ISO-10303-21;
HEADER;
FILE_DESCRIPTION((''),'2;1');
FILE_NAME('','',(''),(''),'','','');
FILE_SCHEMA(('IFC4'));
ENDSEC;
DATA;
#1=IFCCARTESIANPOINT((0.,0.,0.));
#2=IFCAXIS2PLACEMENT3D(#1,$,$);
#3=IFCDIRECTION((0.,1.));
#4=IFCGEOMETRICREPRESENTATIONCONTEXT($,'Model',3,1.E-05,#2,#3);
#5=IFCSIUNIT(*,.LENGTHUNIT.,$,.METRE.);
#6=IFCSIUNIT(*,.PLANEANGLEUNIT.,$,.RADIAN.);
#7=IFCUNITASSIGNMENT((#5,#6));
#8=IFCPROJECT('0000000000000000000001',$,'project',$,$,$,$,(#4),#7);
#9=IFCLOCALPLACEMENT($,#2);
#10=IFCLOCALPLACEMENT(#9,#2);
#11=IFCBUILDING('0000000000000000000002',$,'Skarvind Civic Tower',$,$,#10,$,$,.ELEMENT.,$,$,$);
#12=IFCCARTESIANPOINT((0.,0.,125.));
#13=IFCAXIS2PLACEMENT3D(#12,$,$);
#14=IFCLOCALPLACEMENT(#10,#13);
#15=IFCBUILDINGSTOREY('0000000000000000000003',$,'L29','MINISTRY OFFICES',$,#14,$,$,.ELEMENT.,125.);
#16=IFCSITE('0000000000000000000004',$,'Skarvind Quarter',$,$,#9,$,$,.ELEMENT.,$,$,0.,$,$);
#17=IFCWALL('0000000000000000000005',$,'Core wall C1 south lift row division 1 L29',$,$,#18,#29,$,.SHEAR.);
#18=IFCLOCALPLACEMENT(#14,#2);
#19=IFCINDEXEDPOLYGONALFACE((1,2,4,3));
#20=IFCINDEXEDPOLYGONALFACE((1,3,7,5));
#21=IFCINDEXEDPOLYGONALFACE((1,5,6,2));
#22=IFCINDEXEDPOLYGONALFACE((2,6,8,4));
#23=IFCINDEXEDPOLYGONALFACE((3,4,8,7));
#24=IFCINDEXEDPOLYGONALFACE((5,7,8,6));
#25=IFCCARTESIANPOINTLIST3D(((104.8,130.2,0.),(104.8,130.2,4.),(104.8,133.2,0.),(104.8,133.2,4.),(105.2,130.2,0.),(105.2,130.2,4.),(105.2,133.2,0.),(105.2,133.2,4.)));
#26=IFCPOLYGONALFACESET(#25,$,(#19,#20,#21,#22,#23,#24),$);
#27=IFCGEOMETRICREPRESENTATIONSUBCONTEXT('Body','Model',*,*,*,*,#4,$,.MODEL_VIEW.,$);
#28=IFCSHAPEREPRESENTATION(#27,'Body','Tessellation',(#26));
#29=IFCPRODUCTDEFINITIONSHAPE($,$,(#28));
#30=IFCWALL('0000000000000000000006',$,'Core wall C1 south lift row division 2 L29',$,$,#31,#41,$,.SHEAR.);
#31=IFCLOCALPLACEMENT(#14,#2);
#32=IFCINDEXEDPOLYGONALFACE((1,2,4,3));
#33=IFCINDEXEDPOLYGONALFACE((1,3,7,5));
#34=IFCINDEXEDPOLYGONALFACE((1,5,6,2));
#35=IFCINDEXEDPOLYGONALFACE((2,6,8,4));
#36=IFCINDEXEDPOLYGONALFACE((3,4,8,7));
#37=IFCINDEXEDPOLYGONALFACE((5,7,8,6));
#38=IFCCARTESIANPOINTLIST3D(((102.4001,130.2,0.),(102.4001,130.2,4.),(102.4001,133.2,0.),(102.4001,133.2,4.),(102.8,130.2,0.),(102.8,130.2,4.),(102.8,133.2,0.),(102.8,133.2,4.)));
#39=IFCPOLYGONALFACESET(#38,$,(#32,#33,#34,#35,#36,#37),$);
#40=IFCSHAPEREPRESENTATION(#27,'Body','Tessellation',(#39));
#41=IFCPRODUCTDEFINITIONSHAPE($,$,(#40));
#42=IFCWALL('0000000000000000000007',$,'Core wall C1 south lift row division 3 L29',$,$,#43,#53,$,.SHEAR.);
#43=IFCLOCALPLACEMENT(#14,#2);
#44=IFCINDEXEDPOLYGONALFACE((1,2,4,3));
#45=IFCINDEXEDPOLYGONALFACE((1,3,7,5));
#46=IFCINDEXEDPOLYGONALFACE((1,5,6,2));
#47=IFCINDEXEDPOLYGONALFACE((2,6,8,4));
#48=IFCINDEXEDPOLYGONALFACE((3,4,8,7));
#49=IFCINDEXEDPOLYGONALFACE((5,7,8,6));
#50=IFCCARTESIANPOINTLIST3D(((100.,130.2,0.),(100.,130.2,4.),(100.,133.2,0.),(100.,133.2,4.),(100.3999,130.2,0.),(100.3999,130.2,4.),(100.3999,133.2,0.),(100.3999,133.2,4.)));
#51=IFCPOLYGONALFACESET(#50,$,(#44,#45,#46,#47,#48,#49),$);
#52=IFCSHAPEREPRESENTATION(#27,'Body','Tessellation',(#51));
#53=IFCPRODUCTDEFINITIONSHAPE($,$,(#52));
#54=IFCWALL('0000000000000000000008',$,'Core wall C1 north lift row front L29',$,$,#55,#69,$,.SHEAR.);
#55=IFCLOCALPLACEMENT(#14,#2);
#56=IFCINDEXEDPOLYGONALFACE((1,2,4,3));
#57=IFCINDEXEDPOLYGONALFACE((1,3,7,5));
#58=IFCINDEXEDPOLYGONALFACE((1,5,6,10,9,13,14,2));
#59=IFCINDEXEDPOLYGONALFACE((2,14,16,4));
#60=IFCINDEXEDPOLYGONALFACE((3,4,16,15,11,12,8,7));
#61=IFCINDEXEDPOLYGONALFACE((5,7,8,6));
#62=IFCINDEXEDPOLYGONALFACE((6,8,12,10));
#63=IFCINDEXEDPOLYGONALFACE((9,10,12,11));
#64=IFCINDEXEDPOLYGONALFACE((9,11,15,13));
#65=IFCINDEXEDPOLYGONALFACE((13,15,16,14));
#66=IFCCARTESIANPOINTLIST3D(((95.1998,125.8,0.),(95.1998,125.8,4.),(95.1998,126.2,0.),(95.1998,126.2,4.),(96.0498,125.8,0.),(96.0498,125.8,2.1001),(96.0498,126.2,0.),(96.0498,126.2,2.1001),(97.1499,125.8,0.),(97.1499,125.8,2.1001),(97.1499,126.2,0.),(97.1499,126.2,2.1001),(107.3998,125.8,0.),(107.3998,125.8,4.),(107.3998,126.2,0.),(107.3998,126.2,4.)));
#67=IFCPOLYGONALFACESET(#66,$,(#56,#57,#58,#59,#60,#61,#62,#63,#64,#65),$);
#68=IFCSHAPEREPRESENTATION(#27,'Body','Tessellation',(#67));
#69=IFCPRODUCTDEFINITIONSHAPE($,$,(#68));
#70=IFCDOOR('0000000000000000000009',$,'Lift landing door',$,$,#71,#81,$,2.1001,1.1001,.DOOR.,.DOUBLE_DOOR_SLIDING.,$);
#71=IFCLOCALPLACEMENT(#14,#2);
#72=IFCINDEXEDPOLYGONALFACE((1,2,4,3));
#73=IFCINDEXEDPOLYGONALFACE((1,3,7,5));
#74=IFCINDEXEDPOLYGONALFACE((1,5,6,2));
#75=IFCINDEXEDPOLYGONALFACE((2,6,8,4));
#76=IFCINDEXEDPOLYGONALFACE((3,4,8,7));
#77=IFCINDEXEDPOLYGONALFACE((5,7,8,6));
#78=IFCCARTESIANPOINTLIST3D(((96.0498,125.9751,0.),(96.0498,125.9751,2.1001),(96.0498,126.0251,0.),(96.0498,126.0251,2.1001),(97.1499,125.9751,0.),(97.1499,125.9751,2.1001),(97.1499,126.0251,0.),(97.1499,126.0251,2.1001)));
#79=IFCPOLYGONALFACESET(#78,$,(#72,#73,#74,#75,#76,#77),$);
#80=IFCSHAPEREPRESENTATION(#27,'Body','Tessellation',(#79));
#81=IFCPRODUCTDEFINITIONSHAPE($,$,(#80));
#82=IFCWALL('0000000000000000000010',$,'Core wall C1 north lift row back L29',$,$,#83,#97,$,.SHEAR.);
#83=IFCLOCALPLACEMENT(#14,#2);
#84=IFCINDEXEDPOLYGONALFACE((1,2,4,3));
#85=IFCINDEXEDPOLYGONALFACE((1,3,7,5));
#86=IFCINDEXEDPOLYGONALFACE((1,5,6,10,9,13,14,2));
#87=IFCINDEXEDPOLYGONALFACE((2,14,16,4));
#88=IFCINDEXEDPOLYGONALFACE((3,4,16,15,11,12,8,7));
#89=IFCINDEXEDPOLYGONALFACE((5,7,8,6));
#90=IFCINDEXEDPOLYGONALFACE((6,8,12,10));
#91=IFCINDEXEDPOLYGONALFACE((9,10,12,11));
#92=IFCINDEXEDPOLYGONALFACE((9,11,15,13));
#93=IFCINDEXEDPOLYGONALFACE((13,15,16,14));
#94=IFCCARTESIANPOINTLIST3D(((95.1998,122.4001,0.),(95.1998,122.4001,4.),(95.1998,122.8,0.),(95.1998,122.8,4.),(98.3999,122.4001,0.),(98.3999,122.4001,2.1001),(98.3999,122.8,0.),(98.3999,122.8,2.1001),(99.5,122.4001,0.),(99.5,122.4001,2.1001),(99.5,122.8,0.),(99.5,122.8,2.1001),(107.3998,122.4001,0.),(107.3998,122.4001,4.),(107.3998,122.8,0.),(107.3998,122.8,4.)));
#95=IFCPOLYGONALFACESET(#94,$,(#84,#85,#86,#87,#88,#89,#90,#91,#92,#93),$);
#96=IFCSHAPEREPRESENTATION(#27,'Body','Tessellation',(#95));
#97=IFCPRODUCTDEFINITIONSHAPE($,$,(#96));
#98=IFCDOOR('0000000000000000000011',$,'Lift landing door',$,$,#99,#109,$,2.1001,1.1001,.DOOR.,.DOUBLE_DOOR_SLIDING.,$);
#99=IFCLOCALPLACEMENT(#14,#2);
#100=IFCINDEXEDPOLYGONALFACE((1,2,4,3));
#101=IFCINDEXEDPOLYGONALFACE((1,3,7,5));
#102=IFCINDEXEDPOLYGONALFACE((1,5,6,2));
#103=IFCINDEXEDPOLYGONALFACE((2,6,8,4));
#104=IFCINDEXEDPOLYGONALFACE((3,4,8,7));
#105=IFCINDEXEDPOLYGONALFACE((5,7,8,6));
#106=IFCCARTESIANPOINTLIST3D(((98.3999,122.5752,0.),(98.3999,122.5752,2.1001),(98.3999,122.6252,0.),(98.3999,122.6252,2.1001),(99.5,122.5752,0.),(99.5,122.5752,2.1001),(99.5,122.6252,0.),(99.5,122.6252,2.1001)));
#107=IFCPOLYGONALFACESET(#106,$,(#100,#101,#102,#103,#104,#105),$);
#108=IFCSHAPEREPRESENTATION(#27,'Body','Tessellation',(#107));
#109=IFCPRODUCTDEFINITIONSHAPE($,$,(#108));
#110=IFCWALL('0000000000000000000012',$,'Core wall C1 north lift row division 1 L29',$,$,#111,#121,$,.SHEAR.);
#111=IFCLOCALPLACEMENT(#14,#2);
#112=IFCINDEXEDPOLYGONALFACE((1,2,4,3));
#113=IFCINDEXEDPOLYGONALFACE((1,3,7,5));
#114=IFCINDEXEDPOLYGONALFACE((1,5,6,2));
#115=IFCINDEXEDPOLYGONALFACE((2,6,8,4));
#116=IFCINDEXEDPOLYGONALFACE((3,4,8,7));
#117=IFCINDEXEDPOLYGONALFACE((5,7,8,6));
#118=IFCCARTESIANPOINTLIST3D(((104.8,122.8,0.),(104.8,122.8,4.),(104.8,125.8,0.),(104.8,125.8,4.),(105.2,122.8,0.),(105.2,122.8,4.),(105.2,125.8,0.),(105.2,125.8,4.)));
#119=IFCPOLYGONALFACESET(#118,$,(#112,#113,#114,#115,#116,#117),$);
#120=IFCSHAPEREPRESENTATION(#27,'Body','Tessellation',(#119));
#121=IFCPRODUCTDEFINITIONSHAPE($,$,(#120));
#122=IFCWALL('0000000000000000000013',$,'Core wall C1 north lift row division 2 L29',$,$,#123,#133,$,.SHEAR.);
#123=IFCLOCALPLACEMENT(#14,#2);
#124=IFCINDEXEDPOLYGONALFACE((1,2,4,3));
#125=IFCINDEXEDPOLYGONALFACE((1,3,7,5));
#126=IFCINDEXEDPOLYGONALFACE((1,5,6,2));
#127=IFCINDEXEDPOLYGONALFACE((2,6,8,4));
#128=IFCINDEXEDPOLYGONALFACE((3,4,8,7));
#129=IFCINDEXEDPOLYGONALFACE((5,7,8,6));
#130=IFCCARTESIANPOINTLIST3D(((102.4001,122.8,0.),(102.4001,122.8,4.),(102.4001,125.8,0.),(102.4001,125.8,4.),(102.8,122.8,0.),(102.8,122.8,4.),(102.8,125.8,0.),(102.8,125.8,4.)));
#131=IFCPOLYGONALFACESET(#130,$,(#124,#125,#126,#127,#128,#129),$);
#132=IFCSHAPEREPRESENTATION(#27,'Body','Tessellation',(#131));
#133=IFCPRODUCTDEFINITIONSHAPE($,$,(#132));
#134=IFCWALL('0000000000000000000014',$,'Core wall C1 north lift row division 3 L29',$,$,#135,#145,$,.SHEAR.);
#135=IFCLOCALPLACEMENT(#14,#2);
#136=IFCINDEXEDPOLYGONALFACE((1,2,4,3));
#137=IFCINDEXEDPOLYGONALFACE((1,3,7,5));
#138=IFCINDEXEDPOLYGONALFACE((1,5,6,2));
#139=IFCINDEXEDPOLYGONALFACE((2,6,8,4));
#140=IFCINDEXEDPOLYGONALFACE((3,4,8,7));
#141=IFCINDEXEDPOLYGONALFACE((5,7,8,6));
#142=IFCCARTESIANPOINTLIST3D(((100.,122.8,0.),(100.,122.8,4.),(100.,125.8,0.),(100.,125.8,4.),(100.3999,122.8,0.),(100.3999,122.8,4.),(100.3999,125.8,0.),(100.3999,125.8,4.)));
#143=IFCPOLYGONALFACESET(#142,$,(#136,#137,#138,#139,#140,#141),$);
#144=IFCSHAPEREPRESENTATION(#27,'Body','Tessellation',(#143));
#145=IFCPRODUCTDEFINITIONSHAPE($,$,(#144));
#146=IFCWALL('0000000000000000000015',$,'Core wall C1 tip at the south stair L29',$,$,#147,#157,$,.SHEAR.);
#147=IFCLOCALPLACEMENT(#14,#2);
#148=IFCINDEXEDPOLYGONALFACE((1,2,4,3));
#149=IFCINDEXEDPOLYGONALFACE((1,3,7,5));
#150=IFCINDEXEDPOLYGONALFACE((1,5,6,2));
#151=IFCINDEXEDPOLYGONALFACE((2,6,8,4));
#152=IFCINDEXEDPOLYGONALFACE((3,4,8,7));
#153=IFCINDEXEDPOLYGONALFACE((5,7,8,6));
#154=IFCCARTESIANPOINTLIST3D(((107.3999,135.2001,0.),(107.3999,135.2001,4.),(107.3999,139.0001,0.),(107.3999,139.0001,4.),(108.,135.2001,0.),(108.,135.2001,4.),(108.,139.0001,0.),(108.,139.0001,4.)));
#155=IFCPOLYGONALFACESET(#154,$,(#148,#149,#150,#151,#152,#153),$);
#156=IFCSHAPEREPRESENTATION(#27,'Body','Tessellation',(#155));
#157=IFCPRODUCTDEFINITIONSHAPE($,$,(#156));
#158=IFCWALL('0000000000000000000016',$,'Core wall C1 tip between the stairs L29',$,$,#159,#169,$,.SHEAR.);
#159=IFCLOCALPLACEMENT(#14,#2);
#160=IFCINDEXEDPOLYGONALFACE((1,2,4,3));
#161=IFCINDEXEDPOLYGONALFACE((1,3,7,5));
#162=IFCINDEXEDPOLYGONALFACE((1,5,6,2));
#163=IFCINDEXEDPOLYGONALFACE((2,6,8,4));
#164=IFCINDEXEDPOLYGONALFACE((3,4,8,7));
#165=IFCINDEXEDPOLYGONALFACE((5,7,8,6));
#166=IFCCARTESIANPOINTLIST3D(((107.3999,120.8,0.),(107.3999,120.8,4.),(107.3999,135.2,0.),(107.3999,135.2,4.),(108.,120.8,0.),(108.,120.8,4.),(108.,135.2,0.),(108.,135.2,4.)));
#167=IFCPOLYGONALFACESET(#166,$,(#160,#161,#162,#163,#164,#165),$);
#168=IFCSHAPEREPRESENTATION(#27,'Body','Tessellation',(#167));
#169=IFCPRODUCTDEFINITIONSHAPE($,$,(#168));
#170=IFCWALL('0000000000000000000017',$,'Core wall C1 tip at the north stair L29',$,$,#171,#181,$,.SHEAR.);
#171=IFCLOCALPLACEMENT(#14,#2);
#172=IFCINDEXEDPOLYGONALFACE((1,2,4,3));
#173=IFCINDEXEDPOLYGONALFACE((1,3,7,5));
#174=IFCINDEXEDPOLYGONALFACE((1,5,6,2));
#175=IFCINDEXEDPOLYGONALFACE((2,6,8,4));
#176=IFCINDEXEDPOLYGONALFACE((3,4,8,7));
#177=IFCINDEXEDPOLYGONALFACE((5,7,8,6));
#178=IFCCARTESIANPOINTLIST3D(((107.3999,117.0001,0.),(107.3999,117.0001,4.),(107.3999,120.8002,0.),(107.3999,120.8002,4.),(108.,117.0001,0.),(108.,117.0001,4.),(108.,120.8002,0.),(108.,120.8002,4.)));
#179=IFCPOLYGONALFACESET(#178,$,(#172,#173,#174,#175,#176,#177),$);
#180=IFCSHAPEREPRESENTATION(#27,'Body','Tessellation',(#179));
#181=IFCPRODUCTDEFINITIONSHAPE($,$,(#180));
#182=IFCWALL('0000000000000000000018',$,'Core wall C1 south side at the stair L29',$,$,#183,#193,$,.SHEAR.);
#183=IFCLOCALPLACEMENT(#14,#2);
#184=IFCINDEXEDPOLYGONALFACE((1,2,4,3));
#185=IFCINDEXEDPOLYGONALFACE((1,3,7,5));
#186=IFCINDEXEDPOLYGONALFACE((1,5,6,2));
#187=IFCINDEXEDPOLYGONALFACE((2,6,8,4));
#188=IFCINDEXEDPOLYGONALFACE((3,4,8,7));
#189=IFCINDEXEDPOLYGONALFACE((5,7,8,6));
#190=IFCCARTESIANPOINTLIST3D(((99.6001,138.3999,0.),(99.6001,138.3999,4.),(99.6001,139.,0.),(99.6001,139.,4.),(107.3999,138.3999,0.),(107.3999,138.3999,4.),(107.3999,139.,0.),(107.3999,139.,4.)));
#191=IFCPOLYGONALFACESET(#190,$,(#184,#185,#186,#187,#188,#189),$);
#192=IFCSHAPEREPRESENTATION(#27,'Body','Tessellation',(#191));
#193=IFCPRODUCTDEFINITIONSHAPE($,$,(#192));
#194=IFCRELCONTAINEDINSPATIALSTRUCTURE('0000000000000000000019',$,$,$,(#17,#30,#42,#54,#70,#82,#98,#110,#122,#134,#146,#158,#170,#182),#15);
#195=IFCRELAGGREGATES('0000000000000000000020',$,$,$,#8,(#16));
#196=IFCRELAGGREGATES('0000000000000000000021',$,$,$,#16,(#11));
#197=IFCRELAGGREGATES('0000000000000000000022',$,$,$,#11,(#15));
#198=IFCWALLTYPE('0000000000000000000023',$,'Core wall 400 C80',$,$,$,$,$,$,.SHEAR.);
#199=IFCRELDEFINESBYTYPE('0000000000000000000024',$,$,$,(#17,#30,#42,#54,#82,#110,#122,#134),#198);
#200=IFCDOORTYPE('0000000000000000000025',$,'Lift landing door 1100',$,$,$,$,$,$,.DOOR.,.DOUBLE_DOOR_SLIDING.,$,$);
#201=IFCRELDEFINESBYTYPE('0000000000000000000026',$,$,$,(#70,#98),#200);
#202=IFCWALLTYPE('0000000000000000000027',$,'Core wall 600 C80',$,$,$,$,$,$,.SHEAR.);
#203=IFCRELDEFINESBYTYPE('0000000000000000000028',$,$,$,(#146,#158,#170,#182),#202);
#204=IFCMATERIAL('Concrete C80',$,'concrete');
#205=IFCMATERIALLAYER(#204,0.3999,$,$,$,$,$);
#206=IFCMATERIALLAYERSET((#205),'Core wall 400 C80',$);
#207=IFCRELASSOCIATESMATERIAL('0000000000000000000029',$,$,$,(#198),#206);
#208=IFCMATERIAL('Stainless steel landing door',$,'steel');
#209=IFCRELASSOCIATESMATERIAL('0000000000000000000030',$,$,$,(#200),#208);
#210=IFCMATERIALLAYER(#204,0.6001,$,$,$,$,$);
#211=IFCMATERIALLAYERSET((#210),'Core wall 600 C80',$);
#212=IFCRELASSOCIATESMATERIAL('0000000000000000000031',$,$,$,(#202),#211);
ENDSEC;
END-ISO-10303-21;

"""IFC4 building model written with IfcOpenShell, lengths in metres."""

from ifc_helpers import new_model, si_unit, direction, frame, frame_2d, origin, place, context, subcontext, project, spatial, rectangle, extrude, material, layer, layer_set, type_object, element, fill, save


model = new_model("IFC4")

# Units and contexts
model_context = context("Model", 3, precision=1e-05, world=origin(), true_north=direction((0.0, 1.0)))
body_context = subcontext(model_context, "Body", "Model", "MODEL_VIEW")
ifc_project = project(units=[si_unit("LENGTHUNIT", "METRE"), si_unit("PLANEANGLEUNIT", "RADIAN")], contexts=[model_context])

# Site, building, storey
site_placement = place(None, origin())
site = spatial("IfcSite", under=ifc_project, at=site_placement, Name="Skarvind Quarter", CompositionType="ELEMENT", RefElevation=0.0)
building_placement = place(site_placement, origin())
building = spatial("IfcBuilding", under=site, at=building_placement, Name="Skarvind Civic Tower", CompositionType="ELEMENT")
storey_placement = place(building_placement, frame((0.0, 0.0, 125.0)))
storey = spatial("IfcBuildingStorey", under=building, at=storey_placement, Name="L29", Description="MINISTRY OFFICES", CompositionType="ELEMENT", Elevation=125.0)

# Shared definitions
ifc_material_1 = material(Name="Concrete C80", Category="concrete")
ifc_layer_1 = layer(ifc_material_1, 0.3999)
ifc_layer_set_1 = layer_set([ifc_layer_1], Name="Core wall 400 C80")
wall_type_1 = type_object("IfcWallType", Name="Core wall 400 C80", PredefinedType="SHEAR", material=ifc_layer_set_1)

# Shared definitions
ifc_material_2 = material(Name="Stainless steel landing door", Category="steel")
door_type_1 = type_object("IfcDoorType", Name="Lift landing door 1100", OperationType="DOUBLE_DOOR_SLIDING", PredefinedType="DOOR", material=ifc_material_2)

# Walls
for number, where, z_axis, x_axis, name in (
    (1, (105.0, 133.2, 0.0), (0.0, 0.0, 1.0), (0.0, -1.0, 0.0), "Core wall C1 south lift row division 1 L29"),
    (2, (102.6001, 133.2, 0.0), (0.0, 0.0, 1.0), (0.0, -1.0, 0.0), "Core wall C1 south lift row division 2 L29"),
    (3, (100.2, 133.2, 0.0), (0.0, 0.0, 1.0), (0.0, -1.0, 0.0), "Core wall C1 south lift row division 3 L29"),
):
    element("IfcWall", number, at=place(storey_placement, frame(where, z_axis=z_axis, x_axis=x_axis)), inside=storey, type_object=wall_type_1, Name=name, PredefinedType="SHEAR", context=body_context, shape_type="SweptSolid", body=[
        extrude(rectangle(XDim=3.0, YDim=0.3999, at=frame_2d((1.5, 0.0))), origin(), (0.0, 0.0, 1.0), 4.0),
    ])

# Walls, openings, doors
wall_1_placement = place(storey_placement, frame((107.3999, 126.0, 0.0), z_axis=(0.0, 0.0, 1.0), x_axis=(-1.0, 0.0, 0.0)))
wall_1 = element("IfcWall", 4, at=wall_1_placement, inside=storey, type_object=wall_type_1, Name="Core wall C1 north lift row front L29", PredefinedType="SHEAR", context=body_context, shape_type="SweptSolid", body=[
    extrude(rectangle(XDim=12.2, YDim=0.3999, at=frame_2d((6.1001, 0.0))), origin(), (0.0, 0.0, 1.0), 4.0),
])
opening_1_placement = place(wall_1_placement, frame((10.25, 0.0, 0.0)))
opening_1 = element("IfcOpeningElement", 5, at=opening_1_placement, cuts=wall_1, PredefinedType="OPENING", context=body_context, shape_type="SweptSolid", body=[
    extrude(rectangle(XDim=1.1001, YDim=2.1001, at=frame_2d((0.55, 1.05))), frame((0.0, 0.21, 0.0), z_axis=(0.0, -1.0, 0.0), x_axis=(1.0, 0.0, 0.0)), (0.0, 0.0, 1.0), 0.4199),
])
door_1_placement = place(opening_1_placement, origin())
door_1 = element("IfcDoor", 6, at=door_1_placement, inside=storey, type_object=door_type_1, Name="Lift landing door", OperationType="DOUBLE_DOOR_SLIDING", OverallHeight=2.1001, OverallWidth=1.1001, PredefinedType="DOOR", context=body_context, shape_type="SweptSolid", body=[
    extrude(rectangle(XDim=1.1001, YDim=2.1001, at=frame_2d((0.55, 1.05))), frame((0.0, 0.0249, 0.0), z_axis=(0.0, -1.0, 0.0), x_axis=(1.0, 0.0, 0.0)), (0.0, 0.0, 1.0), 0.05),
])
fill(opening_1, door_1)
wall_2_placement = place(storey_placement, frame((107.3999, 122.6001, 0.0), z_axis=(0.0, 0.0, 1.0), x_axis=(-1.0, 0.0, 0.0)))
wall_2 = element("IfcWall", 7, at=wall_2_placement, inside=storey, type_object=wall_type_1, Name="Core wall C1 north lift row back L29", PredefinedType="SHEAR", context=body_context, shape_type="SweptSolid", body=[
    extrude(rectangle(XDim=12.2, YDim=0.3999, at=frame_2d((6.1001, 0.0))), origin(), (0.0, 0.0, 1.0), 4.0),
])
opening_2_placement = place(wall_2_placement, frame((7.8999, 0.0, 0.0)))
opening_2 = element("IfcOpeningElement", 8, at=opening_2_placement, cuts=wall_2, PredefinedType="OPENING", context=body_context, shape_type="SweptSolid", body=[
    extrude(rectangle(XDim=1.1001, YDim=2.1001, at=frame_2d((0.55, 1.05))), frame((0.0, 0.21, 0.0), z_axis=(0.0, -1.0, 0.0), x_axis=(1.0, 0.0, 0.0)), (0.0, 0.0, 1.0), 0.4199),
])
door_2_placement = place(opening_2_placement, origin())
door_2 = element("IfcDoor", 9, at=door_2_placement, inside=storey, type_object=door_type_1, Name="Lift landing door", OperationType="DOUBLE_DOOR_SLIDING", OverallHeight=2.1001, OverallWidth=1.1001, PredefinedType="DOOR", context=body_context, shape_type="SweptSolid", body=[
    extrude(rectangle(XDim=1.1001, YDim=2.1001, at=frame_2d((0.55, 1.05))), frame((0.0, 0.0249, 0.0), z_axis=(0.0, -1.0, 0.0), x_axis=(1.0, 0.0, 0.0)), (0.0, 0.0, 1.0), 0.05),
])
fill(opening_2, door_2)

# Walls
for number, where, z_axis, x_axis, name in (
    (10, (105.0, 125.8, 0.0), (0.0, 0.0, 1.0), (0.0, -1.0, 0.0), "Core wall C1 north lift row division 1 L29"),
    (11, (102.6001, 125.8, 0.0), (0.0, 0.0, 1.0), (0.0, -1.0, 0.0), "Core wall C1 north lift row division 2 L29"),
    (12, (100.2, 125.8, 0.0), (0.0, 0.0, 1.0), (0.0, -1.0, 0.0), "Core wall C1 north lift row division 3 L29"),
):
    element("IfcWall", number, at=place(storey_placement, frame(where, z_axis=z_axis, x_axis=x_axis)), inside=storey, type_object=wall_type_1, Name=name, PredefinedType="SHEAR", context=body_context, shape_type="SweptSolid", body=[
        extrude(rectangle(XDim=3.0, YDim=0.3999, at=frame_2d((1.5, 0.0))), origin(), (0.0, 0.0, 1.0), 4.0),
    ])
ifc_layer_2 = layer(ifc_material_1, 0.6001)
ifc_layer_set_2 = layer_set([ifc_layer_2], Name="Core wall 600 C80")
wall_type_2 = type_object("IfcWallType", Name="Core wall 600 C80", PredefinedType="SHEAR", material=ifc_layer_set_2)
wall_3_placement = place(storey_placement, frame((107.7, 139.0, 0.0), z_axis=(0.0, 0.0, 1.0), x_axis=(0.0, -1.0, 0.0)))
element("IfcWall", 13, at=wall_3_placement, inside=storey, type_object=wall_type_2, Name="Core wall C1 tip at the south stair L29", PredefinedType="SHEAR", context=body_context, shape_type="SweptSolid", body=[
    extrude(rectangle(XDim=3.8, YDim=0.6001, at=frame_2d((1.8999, 0.0))), origin(), (0.0, 0.0, 1.0), 4.0),
])
wall_4_placement = place(storey_placement, frame((107.7, 135.2, 0.0), z_axis=(0.0, 0.0, 1.0), x_axis=(0.0, -1.0, 0.0)))
element("IfcWall", 14, at=wall_4_placement, inside=storey, type_object=wall_type_2, Name="Core wall C1 tip between the stairs L29", PredefinedType="SHEAR", context=body_context, shape_type="SweptSolid", body=[
    extrude(rectangle(XDim=14.3999, YDim=0.6001, at=frame_2d((7.2, 0.0))), origin(), (0.0, 0.0, 1.0), 4.0),
])
wall_5_placement = place(storey_placement, frame((107.7, 120.8, 0.0), z_axis=(0.0, 0.0, 1.0), x_axis=(0.0, -1.0, 0.0)))
element("IfcWall", 15, at=wall_5_placement, inside=storey, type_object=wall_type_2, Name="Core wall C1 tip at the north stair L29", PredefinedType="SHEAR", context=body_context, shape_type="SweptSolid", body=[
    extrude(rectangle(XDim=3.8, YDim=0.6001, at=frame_2d((1.8999, 0.0))), origin(), (0.0, 0.0, 1.0), 4.0),
])
wall_6_placement = place(storey_placement, frame((107.3999, 138.7, 0.0), z_axis=(0.0, 0.0, 1.0), x_axis=(-1.0, 0.0, 0.0)))
element("IfcWall", 16, at=wall_6_placement, inside=storey, type_object=wall_type_2, Name="Core wall C1 south side at the stair L29", PredefinedType="SHEAR", context=body_context, shape_type="SweptSolid", body=[
    extrude(rectangle(XDim=7.7998, YDim=0.6001, at=frame_2d((3.8999, 0.0))), origin(), (0.0, 0.0, 1.0), 4.0),
])

save(model, "model.ifc")
